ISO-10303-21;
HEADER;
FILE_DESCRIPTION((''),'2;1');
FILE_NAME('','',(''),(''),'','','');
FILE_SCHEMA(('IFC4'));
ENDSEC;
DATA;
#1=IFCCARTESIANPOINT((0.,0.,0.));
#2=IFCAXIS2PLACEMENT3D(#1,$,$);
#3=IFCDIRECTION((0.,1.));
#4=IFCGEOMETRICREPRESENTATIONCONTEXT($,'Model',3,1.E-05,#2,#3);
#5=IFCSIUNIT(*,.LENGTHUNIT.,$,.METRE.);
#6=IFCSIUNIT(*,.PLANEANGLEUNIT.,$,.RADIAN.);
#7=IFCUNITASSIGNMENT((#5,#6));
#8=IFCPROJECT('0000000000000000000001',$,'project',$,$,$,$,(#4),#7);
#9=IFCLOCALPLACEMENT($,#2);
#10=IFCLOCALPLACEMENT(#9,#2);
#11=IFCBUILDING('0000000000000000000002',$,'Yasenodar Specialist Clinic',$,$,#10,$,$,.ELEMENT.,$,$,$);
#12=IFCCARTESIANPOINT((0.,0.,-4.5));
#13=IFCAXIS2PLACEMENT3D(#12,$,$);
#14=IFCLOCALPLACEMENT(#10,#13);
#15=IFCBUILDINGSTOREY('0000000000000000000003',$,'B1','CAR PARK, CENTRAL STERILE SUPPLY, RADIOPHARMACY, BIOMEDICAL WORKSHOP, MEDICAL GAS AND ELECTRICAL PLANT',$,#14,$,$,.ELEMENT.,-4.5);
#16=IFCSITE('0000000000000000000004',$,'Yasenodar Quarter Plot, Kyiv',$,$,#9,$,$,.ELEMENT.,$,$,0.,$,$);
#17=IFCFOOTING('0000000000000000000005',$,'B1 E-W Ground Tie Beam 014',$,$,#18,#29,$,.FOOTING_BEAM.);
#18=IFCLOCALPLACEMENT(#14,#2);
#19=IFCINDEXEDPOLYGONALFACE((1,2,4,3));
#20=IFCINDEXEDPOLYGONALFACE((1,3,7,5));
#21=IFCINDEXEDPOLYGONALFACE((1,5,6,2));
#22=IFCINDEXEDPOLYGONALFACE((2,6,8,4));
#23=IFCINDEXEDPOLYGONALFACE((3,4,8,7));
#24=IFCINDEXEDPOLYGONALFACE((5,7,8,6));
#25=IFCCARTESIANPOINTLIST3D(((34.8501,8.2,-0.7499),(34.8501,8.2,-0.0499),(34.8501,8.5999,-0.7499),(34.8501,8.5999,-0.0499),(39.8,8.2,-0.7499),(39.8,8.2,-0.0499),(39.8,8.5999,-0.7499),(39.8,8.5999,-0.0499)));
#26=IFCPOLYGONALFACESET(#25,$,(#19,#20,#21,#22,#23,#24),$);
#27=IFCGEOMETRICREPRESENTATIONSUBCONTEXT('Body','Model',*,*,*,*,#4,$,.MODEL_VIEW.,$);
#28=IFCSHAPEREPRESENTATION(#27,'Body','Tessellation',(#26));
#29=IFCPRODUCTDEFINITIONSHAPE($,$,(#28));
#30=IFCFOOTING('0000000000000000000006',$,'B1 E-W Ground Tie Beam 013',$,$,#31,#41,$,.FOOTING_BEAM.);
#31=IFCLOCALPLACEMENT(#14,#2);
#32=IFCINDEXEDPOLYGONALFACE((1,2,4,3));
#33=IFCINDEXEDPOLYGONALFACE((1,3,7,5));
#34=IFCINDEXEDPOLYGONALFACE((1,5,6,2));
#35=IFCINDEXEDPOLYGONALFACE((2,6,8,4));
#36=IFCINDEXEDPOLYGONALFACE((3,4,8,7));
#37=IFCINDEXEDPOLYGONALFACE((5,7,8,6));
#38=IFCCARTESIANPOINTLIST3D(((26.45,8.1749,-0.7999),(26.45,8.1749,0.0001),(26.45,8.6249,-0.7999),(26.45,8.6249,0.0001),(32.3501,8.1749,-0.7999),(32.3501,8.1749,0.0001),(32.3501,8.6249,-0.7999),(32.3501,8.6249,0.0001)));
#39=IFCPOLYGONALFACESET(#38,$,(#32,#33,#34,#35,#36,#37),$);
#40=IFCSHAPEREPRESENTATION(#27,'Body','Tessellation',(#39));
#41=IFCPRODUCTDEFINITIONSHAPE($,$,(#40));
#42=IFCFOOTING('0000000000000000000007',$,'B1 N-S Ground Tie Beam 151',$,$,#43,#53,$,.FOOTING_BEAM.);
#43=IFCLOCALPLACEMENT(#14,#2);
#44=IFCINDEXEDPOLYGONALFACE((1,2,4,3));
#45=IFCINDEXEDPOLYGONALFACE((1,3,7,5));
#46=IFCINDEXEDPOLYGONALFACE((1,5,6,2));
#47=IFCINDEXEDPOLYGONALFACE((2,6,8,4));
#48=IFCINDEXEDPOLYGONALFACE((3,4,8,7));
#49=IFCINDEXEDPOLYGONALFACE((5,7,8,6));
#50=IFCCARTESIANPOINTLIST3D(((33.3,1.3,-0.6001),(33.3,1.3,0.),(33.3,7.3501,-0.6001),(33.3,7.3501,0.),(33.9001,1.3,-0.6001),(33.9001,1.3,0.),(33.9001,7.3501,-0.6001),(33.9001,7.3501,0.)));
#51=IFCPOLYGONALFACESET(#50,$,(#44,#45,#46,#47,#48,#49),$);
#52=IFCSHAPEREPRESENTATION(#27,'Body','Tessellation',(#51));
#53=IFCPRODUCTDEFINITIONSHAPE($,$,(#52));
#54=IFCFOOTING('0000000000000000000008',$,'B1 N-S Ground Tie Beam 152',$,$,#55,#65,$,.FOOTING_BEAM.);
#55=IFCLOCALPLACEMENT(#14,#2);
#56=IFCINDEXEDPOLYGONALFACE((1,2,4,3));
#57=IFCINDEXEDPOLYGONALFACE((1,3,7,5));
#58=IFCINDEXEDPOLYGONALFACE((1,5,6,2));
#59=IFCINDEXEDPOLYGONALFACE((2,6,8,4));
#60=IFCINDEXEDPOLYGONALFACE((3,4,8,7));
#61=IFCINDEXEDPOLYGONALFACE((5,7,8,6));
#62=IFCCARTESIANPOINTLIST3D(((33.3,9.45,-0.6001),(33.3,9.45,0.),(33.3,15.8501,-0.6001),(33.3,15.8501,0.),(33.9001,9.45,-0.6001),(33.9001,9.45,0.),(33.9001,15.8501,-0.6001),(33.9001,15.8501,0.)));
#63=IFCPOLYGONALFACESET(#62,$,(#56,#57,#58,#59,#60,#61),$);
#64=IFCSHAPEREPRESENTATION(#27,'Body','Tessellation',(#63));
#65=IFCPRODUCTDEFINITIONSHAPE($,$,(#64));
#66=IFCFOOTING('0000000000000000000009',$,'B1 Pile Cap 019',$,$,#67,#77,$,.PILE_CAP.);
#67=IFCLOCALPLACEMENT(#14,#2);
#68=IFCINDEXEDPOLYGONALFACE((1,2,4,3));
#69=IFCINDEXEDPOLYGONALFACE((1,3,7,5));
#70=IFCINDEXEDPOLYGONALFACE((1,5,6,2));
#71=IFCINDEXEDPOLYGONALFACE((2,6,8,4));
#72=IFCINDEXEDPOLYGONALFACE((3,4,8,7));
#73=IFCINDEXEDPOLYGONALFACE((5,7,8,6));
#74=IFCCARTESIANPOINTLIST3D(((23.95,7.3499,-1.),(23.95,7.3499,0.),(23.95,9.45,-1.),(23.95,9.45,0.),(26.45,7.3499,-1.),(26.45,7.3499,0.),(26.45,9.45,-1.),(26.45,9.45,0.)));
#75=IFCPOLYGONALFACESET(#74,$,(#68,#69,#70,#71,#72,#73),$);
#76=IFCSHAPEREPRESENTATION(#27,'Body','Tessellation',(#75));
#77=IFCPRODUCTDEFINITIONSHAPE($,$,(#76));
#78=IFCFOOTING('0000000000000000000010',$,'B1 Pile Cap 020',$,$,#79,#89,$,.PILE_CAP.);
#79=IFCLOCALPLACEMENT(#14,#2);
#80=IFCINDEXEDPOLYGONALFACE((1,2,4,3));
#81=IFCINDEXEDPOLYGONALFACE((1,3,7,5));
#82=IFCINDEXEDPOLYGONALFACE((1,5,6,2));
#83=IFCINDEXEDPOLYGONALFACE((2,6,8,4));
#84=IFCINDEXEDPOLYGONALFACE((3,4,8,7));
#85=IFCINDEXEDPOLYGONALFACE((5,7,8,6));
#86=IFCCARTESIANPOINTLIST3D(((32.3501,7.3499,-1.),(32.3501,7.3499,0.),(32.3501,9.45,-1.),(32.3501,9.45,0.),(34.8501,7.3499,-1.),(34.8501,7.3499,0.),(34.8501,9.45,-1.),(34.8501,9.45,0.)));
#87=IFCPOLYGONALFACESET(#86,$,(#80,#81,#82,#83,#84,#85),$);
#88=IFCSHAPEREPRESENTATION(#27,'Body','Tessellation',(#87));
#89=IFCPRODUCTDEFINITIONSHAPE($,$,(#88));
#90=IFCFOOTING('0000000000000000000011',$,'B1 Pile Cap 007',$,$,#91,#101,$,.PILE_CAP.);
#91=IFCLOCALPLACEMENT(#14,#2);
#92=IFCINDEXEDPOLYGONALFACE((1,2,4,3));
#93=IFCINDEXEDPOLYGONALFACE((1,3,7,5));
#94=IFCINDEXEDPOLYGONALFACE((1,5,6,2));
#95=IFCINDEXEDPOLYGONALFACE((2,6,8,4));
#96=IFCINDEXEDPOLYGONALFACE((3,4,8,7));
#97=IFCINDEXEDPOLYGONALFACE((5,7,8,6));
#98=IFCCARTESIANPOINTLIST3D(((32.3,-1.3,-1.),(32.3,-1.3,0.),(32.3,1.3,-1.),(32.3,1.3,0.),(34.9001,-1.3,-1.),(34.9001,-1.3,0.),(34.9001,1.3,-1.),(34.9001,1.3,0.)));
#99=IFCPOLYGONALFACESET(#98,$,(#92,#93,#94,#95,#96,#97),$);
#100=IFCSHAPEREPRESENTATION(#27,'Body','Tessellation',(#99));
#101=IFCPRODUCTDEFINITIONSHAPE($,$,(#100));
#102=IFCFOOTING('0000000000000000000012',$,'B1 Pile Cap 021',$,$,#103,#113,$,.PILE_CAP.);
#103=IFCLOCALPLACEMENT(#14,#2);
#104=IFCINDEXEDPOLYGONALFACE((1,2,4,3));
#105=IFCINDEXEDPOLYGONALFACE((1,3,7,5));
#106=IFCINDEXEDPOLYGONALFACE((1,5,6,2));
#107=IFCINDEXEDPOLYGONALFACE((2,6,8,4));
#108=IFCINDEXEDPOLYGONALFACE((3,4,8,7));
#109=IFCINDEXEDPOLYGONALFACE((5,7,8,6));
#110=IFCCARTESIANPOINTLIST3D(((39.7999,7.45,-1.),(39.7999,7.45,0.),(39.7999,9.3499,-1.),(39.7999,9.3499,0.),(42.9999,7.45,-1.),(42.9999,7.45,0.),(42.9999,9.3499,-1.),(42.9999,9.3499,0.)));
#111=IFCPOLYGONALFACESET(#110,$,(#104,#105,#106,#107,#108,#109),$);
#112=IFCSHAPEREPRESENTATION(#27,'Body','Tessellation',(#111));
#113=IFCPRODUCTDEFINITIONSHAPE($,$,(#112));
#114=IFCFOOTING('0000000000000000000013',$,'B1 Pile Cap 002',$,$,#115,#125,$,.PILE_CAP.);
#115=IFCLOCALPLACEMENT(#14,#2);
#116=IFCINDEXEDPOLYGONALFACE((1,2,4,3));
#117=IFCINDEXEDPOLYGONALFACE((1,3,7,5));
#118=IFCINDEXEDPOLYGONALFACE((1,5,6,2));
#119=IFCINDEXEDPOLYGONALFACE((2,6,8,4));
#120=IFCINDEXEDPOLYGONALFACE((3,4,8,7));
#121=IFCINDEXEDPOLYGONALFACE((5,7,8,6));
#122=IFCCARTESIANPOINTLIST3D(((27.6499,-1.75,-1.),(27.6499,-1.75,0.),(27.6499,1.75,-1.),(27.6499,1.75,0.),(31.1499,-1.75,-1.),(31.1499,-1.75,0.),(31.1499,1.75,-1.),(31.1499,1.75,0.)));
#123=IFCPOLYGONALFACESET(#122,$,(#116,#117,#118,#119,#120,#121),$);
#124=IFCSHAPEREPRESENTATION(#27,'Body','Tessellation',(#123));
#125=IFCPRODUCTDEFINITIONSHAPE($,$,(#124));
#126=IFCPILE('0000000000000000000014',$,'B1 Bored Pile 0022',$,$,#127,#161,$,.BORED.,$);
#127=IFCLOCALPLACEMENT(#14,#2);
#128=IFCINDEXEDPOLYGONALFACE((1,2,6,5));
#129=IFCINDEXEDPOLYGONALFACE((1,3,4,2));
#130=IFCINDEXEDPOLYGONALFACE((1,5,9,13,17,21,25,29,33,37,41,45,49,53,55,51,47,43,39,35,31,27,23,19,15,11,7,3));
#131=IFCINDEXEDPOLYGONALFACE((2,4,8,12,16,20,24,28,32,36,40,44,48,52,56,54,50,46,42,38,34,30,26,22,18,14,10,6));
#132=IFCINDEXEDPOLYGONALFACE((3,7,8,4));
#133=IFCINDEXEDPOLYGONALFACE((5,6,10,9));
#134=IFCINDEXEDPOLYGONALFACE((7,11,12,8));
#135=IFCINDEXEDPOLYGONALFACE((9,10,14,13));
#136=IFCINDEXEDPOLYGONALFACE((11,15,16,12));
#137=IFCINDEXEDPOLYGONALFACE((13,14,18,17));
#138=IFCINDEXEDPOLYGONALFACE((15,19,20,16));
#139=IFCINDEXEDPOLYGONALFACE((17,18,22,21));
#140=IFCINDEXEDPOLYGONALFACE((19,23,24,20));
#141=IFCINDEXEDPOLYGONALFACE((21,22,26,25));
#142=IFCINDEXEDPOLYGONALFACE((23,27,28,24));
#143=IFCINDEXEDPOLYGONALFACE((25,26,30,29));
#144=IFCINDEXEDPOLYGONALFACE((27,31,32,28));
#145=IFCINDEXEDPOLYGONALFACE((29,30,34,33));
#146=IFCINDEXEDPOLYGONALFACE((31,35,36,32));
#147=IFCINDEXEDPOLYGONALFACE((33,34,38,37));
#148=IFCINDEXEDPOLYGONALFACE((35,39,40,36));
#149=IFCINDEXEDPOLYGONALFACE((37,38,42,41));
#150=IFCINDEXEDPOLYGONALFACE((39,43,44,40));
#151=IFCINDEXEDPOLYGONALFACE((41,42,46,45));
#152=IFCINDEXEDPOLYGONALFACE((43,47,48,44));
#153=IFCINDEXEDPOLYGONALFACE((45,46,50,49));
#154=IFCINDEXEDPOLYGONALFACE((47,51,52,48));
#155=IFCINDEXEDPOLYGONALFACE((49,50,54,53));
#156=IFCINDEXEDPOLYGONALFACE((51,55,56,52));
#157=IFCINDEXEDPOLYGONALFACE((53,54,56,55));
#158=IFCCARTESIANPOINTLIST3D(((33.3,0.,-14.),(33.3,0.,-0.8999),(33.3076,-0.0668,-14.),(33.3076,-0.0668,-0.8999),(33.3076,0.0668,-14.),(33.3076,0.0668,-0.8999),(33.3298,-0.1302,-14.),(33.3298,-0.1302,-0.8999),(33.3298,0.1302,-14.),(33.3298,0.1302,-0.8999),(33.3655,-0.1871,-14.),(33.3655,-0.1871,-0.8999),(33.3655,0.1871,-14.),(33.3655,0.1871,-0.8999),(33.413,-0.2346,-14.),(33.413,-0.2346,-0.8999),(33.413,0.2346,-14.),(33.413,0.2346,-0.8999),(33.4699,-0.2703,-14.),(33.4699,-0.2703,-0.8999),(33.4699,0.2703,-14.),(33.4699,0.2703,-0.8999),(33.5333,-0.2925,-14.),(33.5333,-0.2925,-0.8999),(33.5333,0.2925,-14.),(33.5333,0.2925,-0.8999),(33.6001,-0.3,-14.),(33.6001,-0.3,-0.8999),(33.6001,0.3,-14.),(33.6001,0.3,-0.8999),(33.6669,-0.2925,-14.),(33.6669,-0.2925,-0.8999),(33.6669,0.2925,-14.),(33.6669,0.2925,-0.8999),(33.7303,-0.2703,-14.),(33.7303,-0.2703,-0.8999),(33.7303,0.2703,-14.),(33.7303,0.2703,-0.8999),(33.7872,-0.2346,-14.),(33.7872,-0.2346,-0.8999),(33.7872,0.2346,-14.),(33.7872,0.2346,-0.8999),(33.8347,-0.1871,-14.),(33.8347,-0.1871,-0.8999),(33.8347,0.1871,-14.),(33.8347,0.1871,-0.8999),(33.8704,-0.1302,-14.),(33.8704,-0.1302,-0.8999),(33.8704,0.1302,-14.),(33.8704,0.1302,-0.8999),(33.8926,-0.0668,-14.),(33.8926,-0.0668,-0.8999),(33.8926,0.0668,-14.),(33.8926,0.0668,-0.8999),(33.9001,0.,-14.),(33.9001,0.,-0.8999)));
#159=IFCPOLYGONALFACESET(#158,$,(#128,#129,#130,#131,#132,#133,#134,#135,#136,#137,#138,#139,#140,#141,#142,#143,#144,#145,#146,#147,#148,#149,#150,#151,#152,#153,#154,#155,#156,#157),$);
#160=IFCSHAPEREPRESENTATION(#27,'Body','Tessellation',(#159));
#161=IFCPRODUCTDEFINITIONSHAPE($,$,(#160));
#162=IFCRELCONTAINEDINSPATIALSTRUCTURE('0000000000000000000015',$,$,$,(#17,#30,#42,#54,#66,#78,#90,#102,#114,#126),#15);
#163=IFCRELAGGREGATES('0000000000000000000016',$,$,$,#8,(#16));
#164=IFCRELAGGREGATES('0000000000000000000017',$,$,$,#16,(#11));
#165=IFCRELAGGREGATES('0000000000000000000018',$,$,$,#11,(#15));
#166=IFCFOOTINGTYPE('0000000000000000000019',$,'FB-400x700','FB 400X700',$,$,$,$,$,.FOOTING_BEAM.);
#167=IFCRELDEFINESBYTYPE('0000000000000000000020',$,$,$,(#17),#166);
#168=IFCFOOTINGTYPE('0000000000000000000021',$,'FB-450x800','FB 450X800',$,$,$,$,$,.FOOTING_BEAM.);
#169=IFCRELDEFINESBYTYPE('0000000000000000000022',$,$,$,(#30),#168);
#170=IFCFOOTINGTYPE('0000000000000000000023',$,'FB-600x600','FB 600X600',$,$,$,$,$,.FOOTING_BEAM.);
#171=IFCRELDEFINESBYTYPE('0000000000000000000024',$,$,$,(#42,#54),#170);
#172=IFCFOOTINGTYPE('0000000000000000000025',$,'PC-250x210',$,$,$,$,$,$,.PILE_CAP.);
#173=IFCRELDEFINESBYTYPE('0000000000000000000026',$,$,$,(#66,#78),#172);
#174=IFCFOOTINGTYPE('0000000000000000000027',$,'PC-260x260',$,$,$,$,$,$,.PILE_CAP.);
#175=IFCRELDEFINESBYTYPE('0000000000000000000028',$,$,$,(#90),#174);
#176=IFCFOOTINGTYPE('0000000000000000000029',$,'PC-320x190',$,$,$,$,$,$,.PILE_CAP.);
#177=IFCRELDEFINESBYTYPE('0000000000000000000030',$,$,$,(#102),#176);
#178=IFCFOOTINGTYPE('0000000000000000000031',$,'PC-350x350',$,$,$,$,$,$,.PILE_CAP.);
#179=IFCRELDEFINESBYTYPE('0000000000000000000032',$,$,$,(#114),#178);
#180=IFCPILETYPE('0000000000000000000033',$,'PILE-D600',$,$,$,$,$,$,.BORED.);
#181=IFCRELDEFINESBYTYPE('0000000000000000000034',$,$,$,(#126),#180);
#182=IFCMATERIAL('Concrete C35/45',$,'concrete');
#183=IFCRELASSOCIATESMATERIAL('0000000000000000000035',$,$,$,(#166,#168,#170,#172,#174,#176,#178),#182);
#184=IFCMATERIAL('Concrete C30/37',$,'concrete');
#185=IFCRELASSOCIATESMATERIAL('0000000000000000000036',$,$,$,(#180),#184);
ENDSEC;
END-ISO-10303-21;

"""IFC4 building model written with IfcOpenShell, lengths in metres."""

from ifc_helpers import new_model, si_unit, direction, frame, origin, origin_2d, place, context, subcontext, project, spatial, rectangle, circle, extrude, material, material_profile, profile_set, type_object, element, save


model = new_model("IFC4")

# Units and contexts
model_context = context("Model", 3, precision=1e-05, world=origin(), true_north=direction((0.0, 1.0)))
body_context = subcontext(model_context, "Body", "Model", "MODEL_VIEW")
ifc_project = project(units=[si_unit("LENGTHUNIT", "METRE"), si_unit("PLANEANGLEUNIT", "RADIAN")], contexts=[model_context])

# Site, building, storey
site_placement = place(None, origin())
site = spatial("IfcSite", under=ifc_project, at=site_placement, Name="Yasenodar Quarter Plot, Kyiv", CompositionType="ELEMENT", RefElevation=0.0)
building_placement = place(site_placement, origin())
building = spatial("IfcBuilding", under=site, at=building_placement, Name="Yasenodar Specialist Clinic", CompositionType="ELEMENT")
storey_placement = place(building_placement, frame((0.0, 0.0, -4.5)))
storey = spatial("IfcBuildingStorey", under=building, at=storey_placement, Name="B1", Description="CAR PARK, CENTRAL STERILE SUPPLY, RADIOPHARMACY, BIOMEDICAL WORKSHOP, MEDICAL GAS AND ELECTRICAL PLANT", CompositionType="ELEMENT", Elevation=-4.5)

# Footings
ifc_material_1 = material(Name="Concrete C35/45", Category="concrete")
ifc_material_profile_1 = material_profile(ifc_material_1, rectangle(XDim=0.3999, YDim=0.7, at=origin_2d()), Name="RC 400x700")
ifc_profile_set_1 = profile_set([ifc_material_profile_1], Name="Concrete C35/45")
footing_type_1 = type_object("IfcFootingType", Name="FB-400x700", Description="FB 400X700", PredefinedType="FOOTING_BEAM", material=ifc_profile_set_1)
footing_1_placement = place(storey_placement, frame((34.8501, 8.3999, -0.3999), z_axis=(1.0, 0.0, 0.0), x_axis=(0.0, 1.0, 0.0)))
element("IfcFooting", 1, at=footing_1_placement, inside=storey, type_object=footing_type_1, Name="B1 E-W Ground Tie Beam 014", PredefinedType="FOOTING_BEAM", context=body_context, shape_type="SweptSolid", body=[
    extrude(rectangle(XDim=0.3999, YDim=0.7, at=origin_2d()), origin(), (0.0, 0.0, 1.0), 4.95),
])
ifc_material_profile_2 = material_profile(ifc_material_1, rectangle(XDim=0.45, YDim=0.8, at=origin_2d()), Name="RC 450x800")
ifc_profile_set_2 = profile_set([ifc_material_profile_2], Name="Concrete C35/45")
footing_type_2 = type_object("IfcFootingType", Name="FB-450x800", Description="FB 450X800", PredefinedType="FOOTING_BEAM", material=ifc_profile_set_2)
footing_2_placement = place(storey_placement, frame((26.45, 8.3999, -0.3999), z_axis=(1.0, 0.0, 0.0), x_axis=(0.0, 1.0, 0.0)))
element("IfcFooting", 2, at=footing_2_placement, inside=storey, type_object=footing_type_2, Name="B1 E-W Ground Tie Beam 013", PredefinedType="FOOTING_BEAM", context=body_context, shape_type="SweptSolid", body=[
    extrude(rectangle(XDim=0.45, YDim=0.8, at=origin_2d()), origin(), (0.0, 0.0, 1.0), 5.9001),
])
ifc_material_profile_3 = material_profile(ifc_material_1, rectangle(XDim=0.6001, YDim=0.6001, at=origin_2d()), Name="RC 600x600")
ifc_profile_set_3 = profile_set([ifc_material_profile_3], Name="Concrete C35/45")
footing_type_3 = type_object("IfcFootingType", Name="FB-600x600", Description="FB 600X600", PredefinedType="FOOTING_BEAM", material=ifc_profile_set_3)
footing_3_placement = place(storey_placement, frame((33.6001, 1.3, -0.3), z_axis=(0.0, 1.0, 0.0), x_axis=(-1.0, 0.0, 0.0)))
element("IfcFooting", 3, at=footing_3_placement, inside=storey, type_object=footing_type_3, Name="B1 N-S Ground Tie Beam 151", PredefinedType="FOOTING_BEAM", context=body_context, shape_type="SweptSolid", body=[
    extrude(rectangle(XDim=0.6001, YDim=0.6001, at=origin_2d()), origin(), (0.0, 0.0, 1.0), 6.05),
])
footing_4_placement = place(storey_placement, frame((33.6001, 9.45, -0.3), z_axis=(0.0, 1.0, 0.0), x_axis=(-1.0, 0.0, 0.0)))
element("IfcFooting", 4, at=footing_4_placement, inside=storey, type_object=footing_type_3, Name="B1 N-S Ground Tie Beam 152", PredefinedType="FOOTING_BEAM", context=body_context, shape_type="SweptSolid", body=[
    extrude(rectangle(XDim=0.6001, YDim=0.6001, at=origin_2d()), origin(), (0.0, 0.0, 1.0), 6.4001),
])
footing_type_4 = type_object("IfcFootingType", Name="PC-250x210", PredefinedType="PILE_CAP", material=ifc_material_1)
for number, where, z_axis, x_axis, name in (
    (5, (25.2, 8.3999, -1.0), (0.0, 0.0, 1.0), (1.0, 0.0, 0.0), "B1 Pile Cap 019"),
    (6, (33.6001, 8.3999, -1.0), (0.0, 0.0, 1.0), (1.0, 0.0, 0.0), "B1 Pile Cap 020"),
):
    element("IfcFooting", number, at=place(storey_placement, frame(where, z_axis=z_axis, x_axis=x_axis)), inside=storey, type_object=footing_type_4, Name=name, PredefinedType="PILE_CAP", context=body_context, shape_type="SweptSolid", body=[
        extrude(rectangle(XDim=2.5, YDim=2.1001, at=origin_2d()), origin(), (0.0, 0.0, 1.0), 1.0),
    ])
footing_type_5 = type_object("IfcFootingType", Name="PC-260x260", PredefinedType="PILE_CAP", material=ifc_material_1)
footing_5_placement = place(storey_placement, frame((33.6001, 0.0, -1.0), z_axis=(0.0, 0.0, 1.0), x_axis=(1.0, 0.0, 0.0)))
element("IfcFooting", 7, at=footing_5_placement, inside=storey, type_object=footing_type_5, Name="B1 Pile Cap 007", PredefinedType="PILE_CAP", context=body_context, shape_type="SweptSolid", body=[
    extrude(rectangle(XDim=2.6001, YDim=2.6001, at=origin_2d()), origin(), (0.0, 0.0, 1.0), 1.0),
])
footing_type_6 = type_object("IfcFootingType", Name="PC-320x190", PredefinedType="PILE_CAP", material=ifc_material_1)
footing_6_placement = place(storey_placement, frame((41.3999, 8.3999, -1.0), z_axis=(0.0, 0.0, 1.0), x_axis=(1.0, 0.0, 0.0)))
element("IfcFooting", 8, at=footing_6_placement, inside=storey, type_object=footing_type_6, Name="B1 Pile Cap 021", PredefinedType="PILE_CAP", context=body_context, shape_type="SweptSolid", body=[
    extrude(rectangle(XDim=3.2, YDim=1.8999, at=origin_2d()), origin(), (0.0, 0.0, 1.0), 1.0),
])
footing_type_7 = type_object("IfcFootingType", Name="PC-350x350", PredefinedType="PILE_CAP", material=ifc_material_1)
footing_7_placement = place(storey_placement, frame((29.3999, 0.0, -1.0), z_axis=(0.0, 0.0, 1.0), x_axis=(1.0, 0.0, 0.0)))
element("IfcFooting", 9, at=footing_7_placement, inside=storey, type_object=footing_type_7, Name="B1 Pile Cap 002", PredefinedType="PILE_CAP", context=body_context, shape_type="SweptSolid", body=[
    extrude(rectangle(XDim=3.5, YDim=3.5, at=origin_2d()), origin(), (0.0, 0.0, 1.0), 1.0),
])

# Pile
ifc_material_2 = material(Name="Concrete C30/37", Category="concrete")
ifc_material_profile_4 = material_profile(ifc_material_2, circle(Radius=0.3, at=origin_2d()), Name="PILE D600")
ifc_profile_set_4 = profile_set([ifc_material_profile_4], Name="Concrete C30/37")
pile_type_1 = type_object("IfcPileType", Name="PILE-D600", PredefinedType="BORED", material=ifc_profile_set_4)
for number, where, z_axis, x_axis, name in (
    (10, (33.6001, 0.0, -0.8999), (0.0, 0.0, -1.0), (1.0, 0.0, 0.0), "B1 Bored Pile 0022"),
):
    element("IfcPile", number, at=place(storey_placement, frame(where, z_axis=z_axis, x_axis=x_axis)), inside=storey, type_object=pile_type_1, Name=name, PredefinedType="BORED", context=body_context, shape_type="SweptSolid", body=[
        extrude(circle(Radius=0.3, at=origin_2d()), origin(), (0.0, 0.0, 1.0), 13.1001),
    ])

save(model, "model.ifc")
